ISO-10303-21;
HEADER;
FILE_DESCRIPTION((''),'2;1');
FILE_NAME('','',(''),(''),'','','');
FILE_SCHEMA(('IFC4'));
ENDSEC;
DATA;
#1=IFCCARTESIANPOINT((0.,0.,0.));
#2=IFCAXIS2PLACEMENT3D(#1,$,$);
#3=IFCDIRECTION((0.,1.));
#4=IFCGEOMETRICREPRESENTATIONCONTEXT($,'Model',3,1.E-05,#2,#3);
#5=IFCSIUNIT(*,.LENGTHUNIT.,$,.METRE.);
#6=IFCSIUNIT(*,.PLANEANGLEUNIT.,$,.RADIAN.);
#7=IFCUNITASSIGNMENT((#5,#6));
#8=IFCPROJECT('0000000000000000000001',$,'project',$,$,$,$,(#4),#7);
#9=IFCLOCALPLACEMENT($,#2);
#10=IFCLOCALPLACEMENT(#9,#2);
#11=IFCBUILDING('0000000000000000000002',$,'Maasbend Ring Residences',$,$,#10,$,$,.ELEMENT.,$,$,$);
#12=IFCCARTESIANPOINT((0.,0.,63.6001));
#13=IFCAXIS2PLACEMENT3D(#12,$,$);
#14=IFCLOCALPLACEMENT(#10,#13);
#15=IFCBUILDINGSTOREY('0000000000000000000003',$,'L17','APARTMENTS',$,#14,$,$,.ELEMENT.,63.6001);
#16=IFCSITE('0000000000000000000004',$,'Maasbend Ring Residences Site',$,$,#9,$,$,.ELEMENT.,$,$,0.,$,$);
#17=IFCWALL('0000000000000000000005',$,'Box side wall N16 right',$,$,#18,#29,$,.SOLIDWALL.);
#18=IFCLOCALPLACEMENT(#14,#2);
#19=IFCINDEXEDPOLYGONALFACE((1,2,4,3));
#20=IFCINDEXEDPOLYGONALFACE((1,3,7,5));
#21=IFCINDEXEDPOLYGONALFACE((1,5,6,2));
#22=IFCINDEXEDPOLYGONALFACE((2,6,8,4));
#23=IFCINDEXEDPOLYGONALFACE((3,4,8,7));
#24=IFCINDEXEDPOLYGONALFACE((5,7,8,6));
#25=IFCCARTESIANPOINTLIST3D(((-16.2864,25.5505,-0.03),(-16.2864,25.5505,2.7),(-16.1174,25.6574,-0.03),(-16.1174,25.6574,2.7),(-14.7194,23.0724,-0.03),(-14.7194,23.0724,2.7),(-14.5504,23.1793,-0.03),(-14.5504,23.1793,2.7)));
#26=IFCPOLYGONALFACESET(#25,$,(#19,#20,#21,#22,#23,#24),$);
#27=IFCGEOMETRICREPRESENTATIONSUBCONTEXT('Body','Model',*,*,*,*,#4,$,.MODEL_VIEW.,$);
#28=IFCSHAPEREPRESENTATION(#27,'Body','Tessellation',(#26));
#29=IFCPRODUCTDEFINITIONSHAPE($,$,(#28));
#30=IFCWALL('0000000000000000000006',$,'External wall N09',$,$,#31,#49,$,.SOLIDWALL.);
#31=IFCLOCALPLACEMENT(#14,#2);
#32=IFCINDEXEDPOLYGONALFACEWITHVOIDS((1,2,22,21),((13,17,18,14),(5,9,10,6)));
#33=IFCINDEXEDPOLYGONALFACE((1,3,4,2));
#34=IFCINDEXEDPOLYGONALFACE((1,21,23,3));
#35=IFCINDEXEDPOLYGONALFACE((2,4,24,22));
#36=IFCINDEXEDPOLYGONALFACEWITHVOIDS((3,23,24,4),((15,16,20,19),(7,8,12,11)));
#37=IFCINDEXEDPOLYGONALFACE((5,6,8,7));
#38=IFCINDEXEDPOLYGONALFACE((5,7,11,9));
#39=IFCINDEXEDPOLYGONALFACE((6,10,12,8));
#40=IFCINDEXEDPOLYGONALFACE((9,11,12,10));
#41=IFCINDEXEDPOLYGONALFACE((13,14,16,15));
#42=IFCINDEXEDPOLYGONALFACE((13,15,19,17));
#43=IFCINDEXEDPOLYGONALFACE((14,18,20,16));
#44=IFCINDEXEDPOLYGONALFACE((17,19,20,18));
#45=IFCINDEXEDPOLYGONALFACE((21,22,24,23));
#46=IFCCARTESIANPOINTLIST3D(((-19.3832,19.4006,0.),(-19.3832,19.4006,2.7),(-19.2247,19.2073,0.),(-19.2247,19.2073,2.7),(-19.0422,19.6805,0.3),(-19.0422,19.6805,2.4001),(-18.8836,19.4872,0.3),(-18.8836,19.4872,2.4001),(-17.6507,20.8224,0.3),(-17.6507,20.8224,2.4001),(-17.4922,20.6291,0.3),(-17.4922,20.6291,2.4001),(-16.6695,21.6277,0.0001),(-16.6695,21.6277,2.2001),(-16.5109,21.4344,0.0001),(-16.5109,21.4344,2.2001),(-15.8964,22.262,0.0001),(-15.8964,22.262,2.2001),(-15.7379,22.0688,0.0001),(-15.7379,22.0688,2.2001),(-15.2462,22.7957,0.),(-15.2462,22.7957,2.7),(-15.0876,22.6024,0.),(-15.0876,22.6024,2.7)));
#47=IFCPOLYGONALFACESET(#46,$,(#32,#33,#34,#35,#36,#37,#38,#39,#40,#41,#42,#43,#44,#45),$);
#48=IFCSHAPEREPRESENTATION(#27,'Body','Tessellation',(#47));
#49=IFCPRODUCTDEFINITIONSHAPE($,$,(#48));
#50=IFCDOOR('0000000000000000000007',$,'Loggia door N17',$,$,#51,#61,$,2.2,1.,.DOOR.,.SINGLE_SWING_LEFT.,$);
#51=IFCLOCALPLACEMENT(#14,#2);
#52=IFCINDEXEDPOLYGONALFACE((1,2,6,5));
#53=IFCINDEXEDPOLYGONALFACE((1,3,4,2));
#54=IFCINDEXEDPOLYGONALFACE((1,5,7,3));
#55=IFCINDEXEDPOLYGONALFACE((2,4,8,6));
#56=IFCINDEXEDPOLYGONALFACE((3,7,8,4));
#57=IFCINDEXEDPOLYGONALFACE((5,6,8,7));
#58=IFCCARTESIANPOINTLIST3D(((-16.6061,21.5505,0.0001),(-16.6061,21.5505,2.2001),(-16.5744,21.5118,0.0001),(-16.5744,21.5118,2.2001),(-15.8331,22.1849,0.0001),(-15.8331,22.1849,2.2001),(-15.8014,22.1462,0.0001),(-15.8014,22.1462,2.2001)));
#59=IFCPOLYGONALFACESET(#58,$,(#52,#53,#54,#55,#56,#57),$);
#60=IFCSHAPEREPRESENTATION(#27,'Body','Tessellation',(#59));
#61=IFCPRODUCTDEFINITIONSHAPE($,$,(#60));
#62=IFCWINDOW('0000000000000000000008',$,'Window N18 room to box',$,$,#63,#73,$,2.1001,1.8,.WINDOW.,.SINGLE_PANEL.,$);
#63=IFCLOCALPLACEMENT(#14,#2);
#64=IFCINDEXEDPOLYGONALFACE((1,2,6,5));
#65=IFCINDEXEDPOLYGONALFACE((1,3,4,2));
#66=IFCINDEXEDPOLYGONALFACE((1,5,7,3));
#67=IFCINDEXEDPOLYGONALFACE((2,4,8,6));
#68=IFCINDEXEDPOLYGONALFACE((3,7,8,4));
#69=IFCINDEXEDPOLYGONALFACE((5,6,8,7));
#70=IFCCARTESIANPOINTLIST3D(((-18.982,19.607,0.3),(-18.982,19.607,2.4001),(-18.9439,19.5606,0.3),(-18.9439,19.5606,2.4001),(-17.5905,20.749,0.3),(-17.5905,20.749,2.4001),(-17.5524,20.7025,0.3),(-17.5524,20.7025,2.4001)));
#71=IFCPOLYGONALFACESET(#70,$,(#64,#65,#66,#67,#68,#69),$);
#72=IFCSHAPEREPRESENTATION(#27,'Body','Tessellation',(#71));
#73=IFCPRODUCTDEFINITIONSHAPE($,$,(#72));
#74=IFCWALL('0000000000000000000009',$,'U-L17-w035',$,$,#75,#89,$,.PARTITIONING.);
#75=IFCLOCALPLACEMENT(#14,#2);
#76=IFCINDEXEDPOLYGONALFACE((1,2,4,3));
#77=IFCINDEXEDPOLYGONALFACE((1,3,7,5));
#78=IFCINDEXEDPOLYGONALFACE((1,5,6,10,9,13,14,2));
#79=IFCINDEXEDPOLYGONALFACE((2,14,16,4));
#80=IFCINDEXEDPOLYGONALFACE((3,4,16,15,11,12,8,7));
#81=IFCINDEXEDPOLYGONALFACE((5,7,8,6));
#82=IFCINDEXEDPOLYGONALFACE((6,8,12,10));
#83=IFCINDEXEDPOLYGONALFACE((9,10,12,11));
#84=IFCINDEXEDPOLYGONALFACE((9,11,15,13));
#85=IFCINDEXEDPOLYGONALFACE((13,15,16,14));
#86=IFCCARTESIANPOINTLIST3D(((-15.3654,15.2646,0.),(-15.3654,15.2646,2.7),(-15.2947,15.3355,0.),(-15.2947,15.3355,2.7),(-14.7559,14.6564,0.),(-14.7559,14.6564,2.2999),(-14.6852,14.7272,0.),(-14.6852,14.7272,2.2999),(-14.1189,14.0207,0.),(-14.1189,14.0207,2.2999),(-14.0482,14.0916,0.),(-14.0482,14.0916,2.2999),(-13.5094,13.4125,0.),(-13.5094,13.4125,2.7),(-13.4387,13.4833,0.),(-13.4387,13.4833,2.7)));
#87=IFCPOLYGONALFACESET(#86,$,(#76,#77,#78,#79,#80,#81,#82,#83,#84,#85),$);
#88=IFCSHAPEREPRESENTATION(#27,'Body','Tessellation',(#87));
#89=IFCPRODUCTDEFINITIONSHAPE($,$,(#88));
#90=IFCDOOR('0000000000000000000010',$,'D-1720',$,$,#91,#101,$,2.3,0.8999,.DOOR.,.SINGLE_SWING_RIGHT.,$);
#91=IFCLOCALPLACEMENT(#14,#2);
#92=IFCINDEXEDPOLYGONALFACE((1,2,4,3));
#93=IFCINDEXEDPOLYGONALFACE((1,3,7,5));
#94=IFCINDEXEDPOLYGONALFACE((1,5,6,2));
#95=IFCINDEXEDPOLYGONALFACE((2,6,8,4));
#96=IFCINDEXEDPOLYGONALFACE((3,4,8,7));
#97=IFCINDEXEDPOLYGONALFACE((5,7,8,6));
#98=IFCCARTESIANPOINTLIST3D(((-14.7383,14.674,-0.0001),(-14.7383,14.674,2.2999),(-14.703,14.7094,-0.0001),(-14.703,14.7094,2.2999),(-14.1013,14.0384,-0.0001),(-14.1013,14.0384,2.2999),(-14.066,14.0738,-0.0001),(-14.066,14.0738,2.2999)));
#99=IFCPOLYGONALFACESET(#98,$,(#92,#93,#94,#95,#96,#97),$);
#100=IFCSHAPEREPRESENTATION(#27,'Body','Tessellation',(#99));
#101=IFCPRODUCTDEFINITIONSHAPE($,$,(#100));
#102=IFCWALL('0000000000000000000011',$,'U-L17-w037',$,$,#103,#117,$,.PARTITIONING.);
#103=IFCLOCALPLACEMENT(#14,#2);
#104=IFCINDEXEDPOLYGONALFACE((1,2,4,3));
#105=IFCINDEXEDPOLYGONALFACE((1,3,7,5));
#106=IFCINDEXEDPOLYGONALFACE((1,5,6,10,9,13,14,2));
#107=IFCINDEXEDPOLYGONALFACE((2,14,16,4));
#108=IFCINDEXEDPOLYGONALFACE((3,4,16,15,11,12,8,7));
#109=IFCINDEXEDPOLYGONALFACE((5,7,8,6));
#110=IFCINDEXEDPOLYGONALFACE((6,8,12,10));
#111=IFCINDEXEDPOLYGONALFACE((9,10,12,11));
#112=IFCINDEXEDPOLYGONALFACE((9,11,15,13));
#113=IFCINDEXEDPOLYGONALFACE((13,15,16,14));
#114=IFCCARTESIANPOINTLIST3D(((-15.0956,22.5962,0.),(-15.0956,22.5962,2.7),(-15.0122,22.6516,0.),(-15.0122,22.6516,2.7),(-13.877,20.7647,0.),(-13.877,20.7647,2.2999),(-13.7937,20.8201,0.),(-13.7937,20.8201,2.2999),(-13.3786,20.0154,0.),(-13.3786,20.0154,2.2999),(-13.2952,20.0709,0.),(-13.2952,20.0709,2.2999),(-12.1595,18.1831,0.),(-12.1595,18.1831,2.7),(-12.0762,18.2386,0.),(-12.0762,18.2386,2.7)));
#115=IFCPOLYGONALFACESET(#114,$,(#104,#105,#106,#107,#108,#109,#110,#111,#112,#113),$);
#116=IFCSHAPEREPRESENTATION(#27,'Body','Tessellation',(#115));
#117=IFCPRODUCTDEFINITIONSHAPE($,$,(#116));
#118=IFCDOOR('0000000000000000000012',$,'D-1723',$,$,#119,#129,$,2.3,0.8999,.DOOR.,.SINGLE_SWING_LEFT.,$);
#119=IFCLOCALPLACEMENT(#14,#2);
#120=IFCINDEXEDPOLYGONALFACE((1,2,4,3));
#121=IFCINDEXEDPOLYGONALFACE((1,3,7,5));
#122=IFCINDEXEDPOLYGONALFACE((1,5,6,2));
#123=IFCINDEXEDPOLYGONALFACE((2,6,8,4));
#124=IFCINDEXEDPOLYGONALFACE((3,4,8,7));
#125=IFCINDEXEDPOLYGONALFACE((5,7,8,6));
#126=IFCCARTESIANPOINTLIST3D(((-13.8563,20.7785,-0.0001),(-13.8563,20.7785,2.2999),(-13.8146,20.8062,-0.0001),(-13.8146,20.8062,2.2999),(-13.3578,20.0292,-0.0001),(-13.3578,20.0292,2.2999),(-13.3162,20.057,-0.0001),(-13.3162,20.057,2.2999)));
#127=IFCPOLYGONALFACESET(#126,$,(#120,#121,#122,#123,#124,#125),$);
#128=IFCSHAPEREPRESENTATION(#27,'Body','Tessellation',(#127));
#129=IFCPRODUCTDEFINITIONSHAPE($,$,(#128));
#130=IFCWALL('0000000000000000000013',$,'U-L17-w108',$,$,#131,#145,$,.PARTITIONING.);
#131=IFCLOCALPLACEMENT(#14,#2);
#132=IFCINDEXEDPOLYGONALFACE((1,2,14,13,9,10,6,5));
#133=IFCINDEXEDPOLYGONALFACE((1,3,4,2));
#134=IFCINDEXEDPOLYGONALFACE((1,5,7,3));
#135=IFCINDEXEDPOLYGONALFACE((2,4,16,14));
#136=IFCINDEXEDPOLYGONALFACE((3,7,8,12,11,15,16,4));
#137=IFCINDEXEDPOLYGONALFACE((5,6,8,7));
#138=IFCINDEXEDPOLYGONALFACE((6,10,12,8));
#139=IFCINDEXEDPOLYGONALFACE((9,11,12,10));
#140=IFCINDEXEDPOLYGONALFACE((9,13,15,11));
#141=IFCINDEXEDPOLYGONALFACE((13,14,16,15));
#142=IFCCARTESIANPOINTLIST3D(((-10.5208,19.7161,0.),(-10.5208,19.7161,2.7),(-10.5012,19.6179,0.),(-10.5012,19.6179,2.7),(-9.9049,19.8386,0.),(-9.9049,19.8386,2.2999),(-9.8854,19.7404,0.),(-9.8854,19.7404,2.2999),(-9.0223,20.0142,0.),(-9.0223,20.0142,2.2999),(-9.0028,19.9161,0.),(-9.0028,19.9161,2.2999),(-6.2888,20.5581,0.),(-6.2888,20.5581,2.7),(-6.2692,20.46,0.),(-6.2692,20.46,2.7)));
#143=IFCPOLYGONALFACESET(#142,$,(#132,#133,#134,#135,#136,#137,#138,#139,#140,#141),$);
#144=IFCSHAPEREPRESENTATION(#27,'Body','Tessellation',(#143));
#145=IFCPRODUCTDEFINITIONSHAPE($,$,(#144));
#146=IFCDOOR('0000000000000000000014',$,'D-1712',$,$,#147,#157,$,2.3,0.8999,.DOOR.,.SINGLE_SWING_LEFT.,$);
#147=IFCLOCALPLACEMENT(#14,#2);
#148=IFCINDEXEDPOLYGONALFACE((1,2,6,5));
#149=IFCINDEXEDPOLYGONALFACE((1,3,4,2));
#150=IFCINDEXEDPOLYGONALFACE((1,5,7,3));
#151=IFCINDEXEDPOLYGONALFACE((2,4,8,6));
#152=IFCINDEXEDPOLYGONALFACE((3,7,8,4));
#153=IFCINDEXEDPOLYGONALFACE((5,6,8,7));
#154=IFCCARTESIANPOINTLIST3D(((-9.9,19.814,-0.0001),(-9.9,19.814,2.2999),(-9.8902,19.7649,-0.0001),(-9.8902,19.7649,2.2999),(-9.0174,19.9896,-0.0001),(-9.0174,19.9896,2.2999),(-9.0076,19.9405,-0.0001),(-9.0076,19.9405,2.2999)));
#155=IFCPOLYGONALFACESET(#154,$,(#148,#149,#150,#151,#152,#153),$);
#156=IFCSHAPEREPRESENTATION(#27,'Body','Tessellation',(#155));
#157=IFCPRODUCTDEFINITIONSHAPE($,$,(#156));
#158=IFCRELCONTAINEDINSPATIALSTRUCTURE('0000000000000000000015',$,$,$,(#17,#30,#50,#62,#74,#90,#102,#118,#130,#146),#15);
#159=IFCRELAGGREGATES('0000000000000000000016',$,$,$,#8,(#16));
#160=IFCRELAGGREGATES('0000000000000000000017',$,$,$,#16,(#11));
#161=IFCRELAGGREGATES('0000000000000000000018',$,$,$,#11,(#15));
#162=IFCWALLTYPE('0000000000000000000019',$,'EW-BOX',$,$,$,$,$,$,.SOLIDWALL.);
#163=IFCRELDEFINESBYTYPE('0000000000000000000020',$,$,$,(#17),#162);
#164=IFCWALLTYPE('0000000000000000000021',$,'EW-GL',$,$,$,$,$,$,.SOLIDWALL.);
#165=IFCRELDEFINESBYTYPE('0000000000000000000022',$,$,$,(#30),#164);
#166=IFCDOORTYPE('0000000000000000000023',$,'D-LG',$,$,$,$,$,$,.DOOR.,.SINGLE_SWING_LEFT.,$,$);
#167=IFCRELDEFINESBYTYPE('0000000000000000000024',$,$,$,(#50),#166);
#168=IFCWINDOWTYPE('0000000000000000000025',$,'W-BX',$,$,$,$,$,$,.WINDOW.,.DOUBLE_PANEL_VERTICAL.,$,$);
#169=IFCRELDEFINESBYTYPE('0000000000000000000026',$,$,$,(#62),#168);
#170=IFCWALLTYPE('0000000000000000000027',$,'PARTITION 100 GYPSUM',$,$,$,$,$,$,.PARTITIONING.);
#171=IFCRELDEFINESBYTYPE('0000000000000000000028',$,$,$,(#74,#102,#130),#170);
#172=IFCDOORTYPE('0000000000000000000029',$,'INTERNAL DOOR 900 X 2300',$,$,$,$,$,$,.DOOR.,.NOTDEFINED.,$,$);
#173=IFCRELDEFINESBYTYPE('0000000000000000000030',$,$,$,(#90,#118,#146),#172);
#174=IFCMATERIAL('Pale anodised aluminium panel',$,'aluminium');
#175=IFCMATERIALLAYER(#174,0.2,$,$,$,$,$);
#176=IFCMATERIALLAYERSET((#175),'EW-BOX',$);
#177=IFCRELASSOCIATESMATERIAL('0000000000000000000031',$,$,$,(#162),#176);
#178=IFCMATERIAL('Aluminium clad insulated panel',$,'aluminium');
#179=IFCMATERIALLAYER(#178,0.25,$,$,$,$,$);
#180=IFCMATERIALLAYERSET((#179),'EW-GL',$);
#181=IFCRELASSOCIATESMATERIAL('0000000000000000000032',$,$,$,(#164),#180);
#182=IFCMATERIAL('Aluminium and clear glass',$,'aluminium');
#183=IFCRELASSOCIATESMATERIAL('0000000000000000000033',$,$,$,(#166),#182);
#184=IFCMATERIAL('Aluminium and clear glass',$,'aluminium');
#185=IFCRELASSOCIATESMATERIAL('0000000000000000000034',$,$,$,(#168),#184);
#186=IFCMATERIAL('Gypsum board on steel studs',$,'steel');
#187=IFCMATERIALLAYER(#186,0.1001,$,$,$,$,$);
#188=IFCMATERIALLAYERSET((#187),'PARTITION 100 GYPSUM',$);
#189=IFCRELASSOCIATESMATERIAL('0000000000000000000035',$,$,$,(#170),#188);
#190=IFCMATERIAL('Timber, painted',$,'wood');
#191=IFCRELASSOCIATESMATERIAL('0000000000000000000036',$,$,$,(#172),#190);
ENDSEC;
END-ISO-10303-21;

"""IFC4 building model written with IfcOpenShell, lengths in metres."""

from ifc_helpers import new_model, si_unit, direction, frame, frame_2d, origin, place, context, subcontext, project, spatial, rectangle, extrude, material, layer, layer_set, type_object, element, fill, save


model = new_model("IFC4")

# Units and contexts
model_context = context("Model", 3, precision=1e-05, world=origin(), true_north=direction((0.0, 1.0)))
body_context = subcontext(model_context, "Body", "Model", "MODEL_VIEW")
ifc_project = project(units=[si_unit("LENGTHUNIT", "METRE"), si_unit("PLANEANGLEUNIT", "RADIAN")], contexts=[model_context])

# Site, building, storey
site_placement = place(None, origin())
site = spatial("IfcSite", under=ifc_project, at=site_placement, Name="Maasbend Ring Residences Site", CompositionType="ELEMENT", RefElevation=0.0)
building_placement = place(site_placement, origin())
building = spatial("IfcBuilding", under=site, at=building_placement, Name="Maasbend Ring Residences", CompositionType="ELEMENT")
storey_placement = place(building_placement, frame((0.0, 0.0, 63.6001)))
storey = spatial("IfcBuildingStorey", under=building, at=storey_placement, Name="L17", Description="APARTMENTS", CompositionType="ELEMENT", Elevation=63.6001)

# Shared definitions
ifc_material_1 = material(Name="Pale anodised aluminium panel", Category="aluminium")
ifc_layer_1 = layer(ifc_material_1, 0.2)
ifc_layer_set_1 = layer_set([ifc_layer_1], Name="EW-BOX")
wall_type_1 = type_object("IfcWallType", Name="EW-BOX", PredefinedType="SOLIDWALL", material=ifc_layer_set_1)

# Wall
wall_1_placement = place(storey_placement, frame((-14.635, 23.126, -0.03), z_axis=(0.0, 0.0, 1.0), x_axis=(-0.534438, 0.845208, 0.0)))
element("IfcWall", 1, at=wall_1_placement, inside=storey, type_object=wall_type_1, Name="Box side wall N16 right", PredefinedType="SOLIDWALL", context=body_context, shape_type="SweptSolid", body=[
    extrude(rectangle(XDim=2.9319, YDim=0.2, at=frame_2d((1.4658, 0.0))), origin(), (0.0, 0.0, 1.0), 2.73),
])

# Wall, openings, door, window
ifc_material_2 = material(Name="Aluminium clad insulated panel", Category="aluminium")
ifc_layer_2 = layer(ifc_material_2, 0.25)
ifc_layer_set_2 = layer_set([ifc_layer_2], Name="EW-GL")
wall_type_2 = type_object("IfcWallType", Name="EW-GL", PredefinedType="SOLIDWALL", material=ifc_layer_set_2)
wall_2_placement = place(storey_placement, frame((-15.167, 22.699, 0.0), z_axis=(0.0, 0.0, 1.0), x_axis=(-0.773019, -0.634382, 0.0)))
wall_2 = element("IfcWall", 2, at=wall_2_placement, inside=storey, type_object=wall_type_2, Name="External wall N09", PredefinedType="SOLIDWALL", context=body_context, shape_type="SweptSolid", body=[
    extrude(rectangle(XDim=5.3518, YDim=0.25, at=frame_2d((2.6758, 0.0))), origin(), (0.0, 0.0, 1.0), 2.7),
])
opening_1_placement = place(wall_2_placement, frame((0.8411, 0.0, 0.0)))
opening_1 = element("IfcOpeningElement", 3, at=opening_1_placement, cuts=wall_2, PredefinedType="OPENING", context=body_context, shape_type="SweptSolid", body=[
    extrude(rectangle(XDim=1.0, YDim=2.2, at=frame_2d((0.5, 1.1001))), frame((0.0, 0.135, 0.0), z_axis=(0.0, -1.0, 0.0), x_axis=(1.0, 0.0, 0.0)), (0.0, 0.0, 1.0), 0.27),
])
opening_2_placement = place(wall_2_placement, frame((3.1106, 0.0, 0.3)))
opening_2 = element("IfcOpeningElement", 4, at=opening_2_placement, cuts=wall_2, PredefinedType="OPENING", context=body_context, shape_type="SweptSolid", body=[
    extrude(rectangle(XDim=1.8, YDim=2.1001, at=frame_2d((0.8999, 1.05))), frame((0.0, 0.135, 0.0), z_axis=(0.0, -1.0, 0.0), x_axis=(1.0, 0.0, 0.0)), (0.0, 0.0, 1.0), 0.27),
])
ifc_material_3 = material(Name="Aluminium and clear glass", Category="aluminium")
door_type_1 = type_object("IfcDoorType", Name="D-LG", OperationType="SINGLE_SWING_LEFT", PredefinedType="DOOR", material=ifc_material_3)
door_1_placement = place(opening_1_placement, origin())
door_1 = element("IfcDoor", 5, at=door_1_placement, inside=storey, type_object=door_type_1, Name="Loggia door N17", OperationType="SINGLE_SWING_LEFT", OverallHeight=2.2, OverallWidth=1.0, PredefinedType="DOOR", context=body_context, shape_type="SweptSolid", body=[
    extrude(rectangle(XDim=1.0, YDim=2.2, at=frame_2d((0.5, 1.1001))), frame((0.0, 0.0249, 0.0), z_axis=(0.0, -1.0, 0.0), x_axis=(1.0, 0.0, 0.0)), (0.0, 0.0, 1.0), 0.05),
])
fill(opening_1, door_1)
ifc_material_4 = material(Name="Aluminium and clear glass", Category="aluminium")
window_type_1 = type_object("IfcWindowType", Name="W-BX", PartitioningType="DOUBLE_PANEL_VERTICAL", PredefinedType="WINDOW", material=ifc_material_4)
window_1_placement = place(opening_2_placement, origin())
window_1 = element("IfcWindow", 6, at=window_1_placement, inside=storey, type_object=window_type_1, Name="Window N18 room to box", OverallHeight=2.1001, OverallWidth=1.8, PartitioningType="SINGLE_PANEL", PredefinedType="WINDOW", context=body_context, shape_type="SweptSolid", body=[
    extrude(rectangle(XDim=1.8, YDim=2.1001, at=frame_2d((0.8999, 1.05))), frame((0.0, 0.03, 0.0), z_axis=(0.0, -1.0, 0.0), x_axis=(1.0, 0.0, 0.0)), (0.0, 0.0, 1.0), 0.0601),
])
fill(opening_2, window_1)

# Walls, openings, doors
ifc_material_5 = material(Name="Gypsum board on steel studs", Category="steel")
ifc_layer_3 = layer(ifc_material_5, 0.1001)
ifc_layer_set_3 = layer_set([ifc_layer_3], Name="PARTITION 100 GYPSUM")
wall_type_3 = type_object("IfcWallType", Name="PARTITION 100 GYPSUM", PredefinedType="PARTITIONING", material=ifc_layer_set_3)
wall_3_placement = place(storey_placement, frame((-15.3301, 15.3, 0.0), z_axis=(0.0, 0.0, 1.0), x_axis=(0.707851, -0.706361, 0.0)))
wall_3 = element("IfcWall", 7, at=wall_3_placement, inside=storey, type_object=wall_type_3, Name="U-L17-w035", PredefinedType="PARTITIONING", context=body_context, shape_type="SweptSolid", body=[
    extrude(rectangle(XDim=2.6221, YDim=0.1001, at=frame_2d((1.311, 0.0))), origin(), (0.0, 0.0, 1.0), 2.7),
])
opening_3_placement = place(wall_3_placement, frame((0.8611, 0.0, 0.0)))
opening_3 = element("IfcOpeningElement", 8, at=opening_3_placement, cuts=wall_3, PredefinedType="OPENING", context=body_context, shape_type="SweptSolid", body=[
    extrude(rectangle(XDim=0.8999, YDim=2.3, at=frame_2d((0.45, 1.1499))), frame((0.0, 0.0601, 0.0), z_axis=(0.0, -1.0, 0.0), x_axis=(1.0, 0.0, 0.0)), (0.0, 0.0, 1.0), 0.1201),
])
ifc_material_6 = material(Name="Timber, painted", Category="wood")
door_type_2 = type_object("IfcDoorType", Name="INTERNAL DOOR 900 X 2300", OperationType="NOTDEFINED", PredefinedType="DOOR", material=ifc_material_6)
door_2_placement = place(opening_3_placement, origin())
door_2 = element("IfcDoor", 9, at=door_2_placement, inside=storey, type_object=door_type_2, Name="D-1720", OperationType="SINGLE_SWING_RIGHT", OverallHeight=2.3, OverallWidth=0.8999, PredefinedType="DOOR", context=body_context, shape_type="SweptSolid", body=[
    extrude(rectangle(XDim=0.8999, YDim=2.3, at=frame_2d((0.45, 1.1499))), frame((0.0, 0.0249, 0.0), z_axis=(0.0, -1.0, 0.0), x_axis=(1.0, 0.0, 0.0)), (0.0, 0.0, 1.0), 0.05),
])
fill(opening_3, door_2)
wall_4_placement = place(storey_placement, frame((-15.054, 22.624, 0.0), z_axis=(0.0, 0.0, 1.0), x_axis=(0.553913, -0.832574, 0.0)))
wall_4 = element("IfcWall", 10, at=wall_4_placement, inside=storey, type_object=wall_type_3, Name="U-L17-w037", PredefinedType="PARTITIONING", context=body_context, shape_type="SweptSolid", body=[
    extrude(rectangle(XDim=5.3005, YDim=0.1001, at=frame_2d((2.6504, 0.0))), origin(), (0.0, 0.0, 1.0), 2.7),
])
opening_4_placement = place(wall_4_placement, frame((2.2, 0.0, 0.0)))
opening_4 = element("IfcOpeningElement", 11, at=opening_4_placement, cuts=wall_4, PredefinedType="OPENING", context=body_context, shape_type="SweptSolid", body=[
    extrude(rectangle(XDim=0.8999, YDim=2.3, at=frame_2d((0.45, 1.1499))), frame((0.0, 0.0601, 0.0), z_axis=(0.0, -1.0, 0.0), x_axis=(1.0, 0.0, 0.0)), (0.0, 0.0, 1.0), 0.1201),
])
door_3_placement = place(opening_4_placement, origin())
door_3 = element("IfcDoor", 12, at=door_3_placement, inside=storey, type_object=door_type_2, Name="D-1723", OperationType="SINGLE_SWING_LEFT", OverallHeight=2.3, OverallWidth=0.8999, PredefinedType="DOOR", context=body_context, shape_type="SweptSolid", body=[
    extrude(rectangle(XDim=0.8999, YDim=2.3, at=frame_2d((0.45, 1.1499))), frame((0.0, 0.0249, 0.0), z_axis=(0.0, -1.0, 0.0), x_axis=(1.0, 0.0, 0.0)), (0.0, 0.0, 1.0), 0.05),
])
fill(opening_4, door_3)
wall_5_placement = place(storey_placement, frame((-10.511, 19.667, 0.0), z_axis=(0.0, 0.0, 1.0), x_axis=(0.980774, 0.195148, 0.0)))
wall_5 = element("IfcWall", 13, at=wall_5_placement, inside=storey, type_object=wall_type_3, Name="U-L17-w108", PredefinedType="PARTITIONING", context=body_context, shape_type="SweptSolid", body=[
    extrude(rectangle(XDim=4.3149, YDim=0.1001, at=frame_2d((2.1575, 0.0))), origin(), (0.0, 0.0, 1.0), 2.7),
])
opening_5_placement = place(wall_5_placement, frame((0.6279, 0.0, 0.0)))
opening_5 = element("IfcOpeningElement", 14, at=opening_5_placement, cuts=wall_5, PredefinedType="OPENING", context=body_context, shape_type="SweptSolid", body=[
    extrude(rectangle(XDim=0.8999, YDim=2.3, at=frame_2d((0.45, 1.1499))), frame((0.0, 0.0601, 0.0), z_axis=(0.0, -1.0, 0.0), x_axis=(1.0, 0.0, 0.0)), (0.0, 0.0, 1.0), 0.1201),
])
door_4_placement = place(opening_5_placement, origin())
door_4 = element("IfcDoor", 15, at=door_4_placement, inside=storey, type_object=door_type_2, Name="D-1712", OperationType="SINGLE_SWING_LEFT", OverallHeight=2.3, OverallWidth=0.8999, PredefinedType="DOOR", context=body_context, shape_type="SweptSolid", body=[
    extrude(rectangle(XDim=0.8999, YDim=2.3, at=frame_2d((0.45, 1.1499))), frame((0.0, 0.0249, 0.0), z_axis=(0.0, -1.0, 0.0), x_axis=(1.0, 0.0, 0.0)), (0.0, 0.0, 1.0), 0.05),
])
fill(opening_5, door_4)

save(model, "model.ifc")
